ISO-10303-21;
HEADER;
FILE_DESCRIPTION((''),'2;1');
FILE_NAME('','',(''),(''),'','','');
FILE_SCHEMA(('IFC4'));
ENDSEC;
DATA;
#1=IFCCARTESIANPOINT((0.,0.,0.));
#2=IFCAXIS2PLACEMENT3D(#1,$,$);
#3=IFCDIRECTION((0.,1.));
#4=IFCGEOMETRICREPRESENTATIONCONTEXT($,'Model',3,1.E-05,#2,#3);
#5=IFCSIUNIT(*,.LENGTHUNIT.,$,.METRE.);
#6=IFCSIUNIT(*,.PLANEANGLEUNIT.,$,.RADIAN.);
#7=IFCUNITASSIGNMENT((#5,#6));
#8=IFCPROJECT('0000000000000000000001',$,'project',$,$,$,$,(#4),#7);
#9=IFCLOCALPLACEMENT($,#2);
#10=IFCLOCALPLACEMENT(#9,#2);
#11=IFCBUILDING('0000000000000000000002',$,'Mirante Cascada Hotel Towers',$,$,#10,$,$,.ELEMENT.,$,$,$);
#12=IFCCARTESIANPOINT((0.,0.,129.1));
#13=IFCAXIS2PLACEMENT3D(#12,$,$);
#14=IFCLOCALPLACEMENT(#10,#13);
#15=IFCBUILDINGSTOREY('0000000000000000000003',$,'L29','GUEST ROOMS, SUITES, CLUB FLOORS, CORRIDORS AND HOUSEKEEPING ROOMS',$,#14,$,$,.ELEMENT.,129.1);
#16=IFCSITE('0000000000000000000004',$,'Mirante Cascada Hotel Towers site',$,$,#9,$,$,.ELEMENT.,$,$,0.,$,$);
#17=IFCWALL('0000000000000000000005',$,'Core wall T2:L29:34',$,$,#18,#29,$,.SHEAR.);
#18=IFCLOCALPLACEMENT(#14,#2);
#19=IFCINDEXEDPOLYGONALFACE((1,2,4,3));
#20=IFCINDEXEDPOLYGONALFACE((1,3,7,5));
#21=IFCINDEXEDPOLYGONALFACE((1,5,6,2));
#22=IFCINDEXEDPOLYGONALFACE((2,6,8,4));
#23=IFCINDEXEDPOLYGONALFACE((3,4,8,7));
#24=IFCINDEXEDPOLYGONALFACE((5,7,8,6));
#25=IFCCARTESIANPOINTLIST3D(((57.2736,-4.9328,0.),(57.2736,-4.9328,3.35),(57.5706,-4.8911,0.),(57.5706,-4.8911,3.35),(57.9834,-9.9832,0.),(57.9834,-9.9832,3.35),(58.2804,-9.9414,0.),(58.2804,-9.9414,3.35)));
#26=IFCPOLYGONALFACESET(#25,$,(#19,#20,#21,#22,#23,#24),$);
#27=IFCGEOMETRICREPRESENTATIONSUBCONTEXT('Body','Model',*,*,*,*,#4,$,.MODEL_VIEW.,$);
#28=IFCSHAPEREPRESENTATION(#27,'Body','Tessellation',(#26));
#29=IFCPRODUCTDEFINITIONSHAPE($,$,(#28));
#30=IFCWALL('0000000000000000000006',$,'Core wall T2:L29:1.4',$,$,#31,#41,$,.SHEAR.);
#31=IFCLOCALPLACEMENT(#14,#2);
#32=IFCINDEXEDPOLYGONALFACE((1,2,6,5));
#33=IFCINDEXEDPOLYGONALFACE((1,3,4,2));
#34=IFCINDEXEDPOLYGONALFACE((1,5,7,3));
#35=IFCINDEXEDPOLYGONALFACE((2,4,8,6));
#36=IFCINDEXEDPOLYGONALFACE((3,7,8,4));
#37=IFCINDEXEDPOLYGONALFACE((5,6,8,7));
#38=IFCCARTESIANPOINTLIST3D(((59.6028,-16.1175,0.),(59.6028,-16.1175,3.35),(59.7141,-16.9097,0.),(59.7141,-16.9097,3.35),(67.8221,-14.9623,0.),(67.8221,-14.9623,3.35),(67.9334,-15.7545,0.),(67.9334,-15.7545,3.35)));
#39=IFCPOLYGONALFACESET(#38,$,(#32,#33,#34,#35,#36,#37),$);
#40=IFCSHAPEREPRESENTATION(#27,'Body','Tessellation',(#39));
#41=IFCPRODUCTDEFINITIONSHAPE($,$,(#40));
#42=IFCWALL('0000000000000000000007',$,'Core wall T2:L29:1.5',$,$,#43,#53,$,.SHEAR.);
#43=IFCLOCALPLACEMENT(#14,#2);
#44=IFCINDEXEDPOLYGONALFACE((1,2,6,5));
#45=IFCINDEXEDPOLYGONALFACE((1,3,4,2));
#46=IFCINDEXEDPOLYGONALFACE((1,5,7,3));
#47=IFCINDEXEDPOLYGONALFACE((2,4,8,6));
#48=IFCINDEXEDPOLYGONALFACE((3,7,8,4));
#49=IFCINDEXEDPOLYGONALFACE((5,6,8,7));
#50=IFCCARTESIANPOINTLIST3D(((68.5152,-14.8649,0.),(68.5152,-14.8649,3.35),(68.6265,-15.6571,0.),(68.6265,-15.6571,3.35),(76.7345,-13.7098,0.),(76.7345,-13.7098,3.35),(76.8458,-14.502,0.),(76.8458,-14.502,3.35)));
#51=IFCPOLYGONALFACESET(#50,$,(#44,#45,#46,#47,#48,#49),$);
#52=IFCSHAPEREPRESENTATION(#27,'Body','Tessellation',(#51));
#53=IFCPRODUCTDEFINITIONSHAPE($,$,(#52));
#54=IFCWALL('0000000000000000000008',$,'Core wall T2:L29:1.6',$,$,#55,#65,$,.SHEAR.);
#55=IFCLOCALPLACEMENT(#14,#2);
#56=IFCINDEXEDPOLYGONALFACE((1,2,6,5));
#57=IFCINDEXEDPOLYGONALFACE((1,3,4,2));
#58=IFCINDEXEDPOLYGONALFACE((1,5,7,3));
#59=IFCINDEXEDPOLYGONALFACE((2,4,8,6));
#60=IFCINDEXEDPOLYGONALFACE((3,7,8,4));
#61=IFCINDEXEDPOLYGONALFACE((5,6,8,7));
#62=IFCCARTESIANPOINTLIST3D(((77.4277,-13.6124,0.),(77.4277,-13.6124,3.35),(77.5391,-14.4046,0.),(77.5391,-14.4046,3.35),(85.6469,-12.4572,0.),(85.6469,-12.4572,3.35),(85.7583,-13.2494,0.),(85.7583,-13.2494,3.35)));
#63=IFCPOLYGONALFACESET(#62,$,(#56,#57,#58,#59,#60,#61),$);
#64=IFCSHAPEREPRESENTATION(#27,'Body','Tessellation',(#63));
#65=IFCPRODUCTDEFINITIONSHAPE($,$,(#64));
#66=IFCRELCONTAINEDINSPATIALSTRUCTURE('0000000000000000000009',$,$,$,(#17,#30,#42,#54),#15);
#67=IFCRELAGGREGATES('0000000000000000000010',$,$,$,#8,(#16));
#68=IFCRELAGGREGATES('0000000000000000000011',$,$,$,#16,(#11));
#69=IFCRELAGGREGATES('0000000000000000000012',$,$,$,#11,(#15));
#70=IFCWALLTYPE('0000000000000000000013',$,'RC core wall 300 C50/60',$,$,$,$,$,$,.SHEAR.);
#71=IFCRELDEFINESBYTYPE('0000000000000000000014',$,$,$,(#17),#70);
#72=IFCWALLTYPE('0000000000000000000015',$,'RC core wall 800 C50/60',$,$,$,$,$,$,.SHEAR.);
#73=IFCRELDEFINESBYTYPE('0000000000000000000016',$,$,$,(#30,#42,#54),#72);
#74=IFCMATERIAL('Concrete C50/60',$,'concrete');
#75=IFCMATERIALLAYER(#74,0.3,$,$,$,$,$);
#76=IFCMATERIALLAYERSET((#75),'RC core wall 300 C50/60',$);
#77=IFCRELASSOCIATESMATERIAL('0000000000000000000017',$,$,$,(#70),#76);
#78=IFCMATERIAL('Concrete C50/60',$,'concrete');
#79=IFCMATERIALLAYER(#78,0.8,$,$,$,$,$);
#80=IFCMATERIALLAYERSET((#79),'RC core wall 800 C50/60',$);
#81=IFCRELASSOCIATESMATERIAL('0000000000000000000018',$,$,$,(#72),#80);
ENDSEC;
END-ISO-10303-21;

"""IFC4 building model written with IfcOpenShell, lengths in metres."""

from ifc_helpers import new_model, si_unit, direction, frame, frame_2d, origin, place, context, subcontext, project, spatial, rectangle, extrude, material, layer, layer_set, type_object, element, save


model = new_model("IFC4")

# Units and contexts
model_context = context("Model", 3, precision=1e-05, world=origin(), true_north=direction((0.0, 1.0)))
body_context = subcontext(model_context, "Body", "Model", "MODEL_VIEW")
ifc_project = project(units=[si_unit("LENGTHUNIT", "METRE"), si_unit("PLANEANGLEUNIT", "RADIAN")], contexts=[model_context])

# Site, building, storey
site_placement = place(None, origin())
site = spatial("IfcSite", under=ifc_project, at=site_placement, Name="Mirante Cascada Hotel Towers site", CompositionType="ELEMENT", RefElevation=0.0)
building_placement = place(site_placement, origin())
building = spatial("IfcBuilding", under=site, at=building_placement, Name="Mirante Cascada Hotel Towers", CompositionType="ELEMENT")
storey_placement = place(building_placement, frame((0.0, 0.0, 129.1)))
storey = spatial("IfcBuildingStorey", under=building, at=storey_placement, Name="L29", Description="GUEST ROOMS, SUITES, CLUB FLOORS, CORRIDORS AND HOUSEKEEPING ROOMS", CompositionType="ELEMENT", Elevation=129.1)

# Shared definitions
ifc_material_1 = material(Name="Concrete C50/60", Category="concrete")
ifc_layer_1 = layer(ifc_material_1, 0.3)
ifc_layer_set_1 = layer_set([ifc_layer_1], Name="RC core wall 300 C50/60")
wall_type_1 = type_object("IfcWallType", Name="RC core wall 300 C50/60", PredefinedType="SHEAR", material=ifc_layer_set_1)

# Walls
for number, where, z_axis, x_axis, name in (
    (1, (58.1319, -9.9623, 0.0), (0.0, 0.0, 1.0), (-0.139176, 0.990268, 0.0), "Core wall T2:L29:34"),
):
    element("IfcWall", number, at=place(storey_placement, frame(where, z_axis=z_axis, x_axis=x_axis)), inside=storey, type_object=wall_type_1, Name=name, PredefinedType="SHEAR", context=body_context, shape_type="SweptSolid", body=[
        extrude(rectangle(XDim=5.1, YDim=0.3, at=frame_2d((2.55, 0.0))), origin(), (0.0, 0.0, 1.0), 3.35),
    ])
ifc_material_2 = material(Name="Concrete C50/60", Category="concrete")
ifc_layer_2 = layer(ifc_material_2, 0.8)
ifc_layer_set_2 = layer_set([ifc_layer_2], Name="RC core wall 800 C50/60")
wall_type_2 = type_object("IfcWallType", Name="RC core wall 800 C50/60", PredefinedType="SHEAR", material=ifc_layer_set_2)
for number, where, z_axis, x_axis, name in (
    (2, (59.6585, -16.5136, 0.0), (0.0, 0.0, 1.0), (0.990267, 0.139179, 0.0), "Core wall T2:L29:1.4"),
    (3, (68.5709, -15.261, 0.0), (0.0, 0.0, 1.0), (0.990269, 0.139167, 0.0), "Core wall T2:L29:1.5"),
):
    element("IfcWall", number, at=place(storey_placement, frame(where, z_axis=z_axis, x_axis=x_axis)), inside=storey, type_object=wall_type_2, Name=name, PredefinedType="SHEAR", context=body_context, shape_type="SweptSolid", body=[
        extrude(rectangle(XDim=8.3001, YDim=0.8, at=frame_2d((4.15, 0.0))), origin(), (0.0, 0.0, 1.0), 3.35),
    ])
wall_1_placement = place(storey_placement, frame((77.4834, -14.0085, 0.0), z_axis=(0.0, 0.0, 1.0), x_axis=(0.990267, 0.139181, 0.0)))
element("IfcWall", 4, at=wall_1_placement, inside=storey, type_object=wall_type_2, Name="Core wall T2:L29:1.6", PredefinedType="SHEAR", context=body_context, shape_type="SweptSolid", body=[
    extrude(rectangle(XDim=8.3, YDim=0.8, at=frame_2d((4.15, 0.0))), origin(), (0.0, 0.0, 1.0), 3.35),
])

save(model, "model.ifc")
